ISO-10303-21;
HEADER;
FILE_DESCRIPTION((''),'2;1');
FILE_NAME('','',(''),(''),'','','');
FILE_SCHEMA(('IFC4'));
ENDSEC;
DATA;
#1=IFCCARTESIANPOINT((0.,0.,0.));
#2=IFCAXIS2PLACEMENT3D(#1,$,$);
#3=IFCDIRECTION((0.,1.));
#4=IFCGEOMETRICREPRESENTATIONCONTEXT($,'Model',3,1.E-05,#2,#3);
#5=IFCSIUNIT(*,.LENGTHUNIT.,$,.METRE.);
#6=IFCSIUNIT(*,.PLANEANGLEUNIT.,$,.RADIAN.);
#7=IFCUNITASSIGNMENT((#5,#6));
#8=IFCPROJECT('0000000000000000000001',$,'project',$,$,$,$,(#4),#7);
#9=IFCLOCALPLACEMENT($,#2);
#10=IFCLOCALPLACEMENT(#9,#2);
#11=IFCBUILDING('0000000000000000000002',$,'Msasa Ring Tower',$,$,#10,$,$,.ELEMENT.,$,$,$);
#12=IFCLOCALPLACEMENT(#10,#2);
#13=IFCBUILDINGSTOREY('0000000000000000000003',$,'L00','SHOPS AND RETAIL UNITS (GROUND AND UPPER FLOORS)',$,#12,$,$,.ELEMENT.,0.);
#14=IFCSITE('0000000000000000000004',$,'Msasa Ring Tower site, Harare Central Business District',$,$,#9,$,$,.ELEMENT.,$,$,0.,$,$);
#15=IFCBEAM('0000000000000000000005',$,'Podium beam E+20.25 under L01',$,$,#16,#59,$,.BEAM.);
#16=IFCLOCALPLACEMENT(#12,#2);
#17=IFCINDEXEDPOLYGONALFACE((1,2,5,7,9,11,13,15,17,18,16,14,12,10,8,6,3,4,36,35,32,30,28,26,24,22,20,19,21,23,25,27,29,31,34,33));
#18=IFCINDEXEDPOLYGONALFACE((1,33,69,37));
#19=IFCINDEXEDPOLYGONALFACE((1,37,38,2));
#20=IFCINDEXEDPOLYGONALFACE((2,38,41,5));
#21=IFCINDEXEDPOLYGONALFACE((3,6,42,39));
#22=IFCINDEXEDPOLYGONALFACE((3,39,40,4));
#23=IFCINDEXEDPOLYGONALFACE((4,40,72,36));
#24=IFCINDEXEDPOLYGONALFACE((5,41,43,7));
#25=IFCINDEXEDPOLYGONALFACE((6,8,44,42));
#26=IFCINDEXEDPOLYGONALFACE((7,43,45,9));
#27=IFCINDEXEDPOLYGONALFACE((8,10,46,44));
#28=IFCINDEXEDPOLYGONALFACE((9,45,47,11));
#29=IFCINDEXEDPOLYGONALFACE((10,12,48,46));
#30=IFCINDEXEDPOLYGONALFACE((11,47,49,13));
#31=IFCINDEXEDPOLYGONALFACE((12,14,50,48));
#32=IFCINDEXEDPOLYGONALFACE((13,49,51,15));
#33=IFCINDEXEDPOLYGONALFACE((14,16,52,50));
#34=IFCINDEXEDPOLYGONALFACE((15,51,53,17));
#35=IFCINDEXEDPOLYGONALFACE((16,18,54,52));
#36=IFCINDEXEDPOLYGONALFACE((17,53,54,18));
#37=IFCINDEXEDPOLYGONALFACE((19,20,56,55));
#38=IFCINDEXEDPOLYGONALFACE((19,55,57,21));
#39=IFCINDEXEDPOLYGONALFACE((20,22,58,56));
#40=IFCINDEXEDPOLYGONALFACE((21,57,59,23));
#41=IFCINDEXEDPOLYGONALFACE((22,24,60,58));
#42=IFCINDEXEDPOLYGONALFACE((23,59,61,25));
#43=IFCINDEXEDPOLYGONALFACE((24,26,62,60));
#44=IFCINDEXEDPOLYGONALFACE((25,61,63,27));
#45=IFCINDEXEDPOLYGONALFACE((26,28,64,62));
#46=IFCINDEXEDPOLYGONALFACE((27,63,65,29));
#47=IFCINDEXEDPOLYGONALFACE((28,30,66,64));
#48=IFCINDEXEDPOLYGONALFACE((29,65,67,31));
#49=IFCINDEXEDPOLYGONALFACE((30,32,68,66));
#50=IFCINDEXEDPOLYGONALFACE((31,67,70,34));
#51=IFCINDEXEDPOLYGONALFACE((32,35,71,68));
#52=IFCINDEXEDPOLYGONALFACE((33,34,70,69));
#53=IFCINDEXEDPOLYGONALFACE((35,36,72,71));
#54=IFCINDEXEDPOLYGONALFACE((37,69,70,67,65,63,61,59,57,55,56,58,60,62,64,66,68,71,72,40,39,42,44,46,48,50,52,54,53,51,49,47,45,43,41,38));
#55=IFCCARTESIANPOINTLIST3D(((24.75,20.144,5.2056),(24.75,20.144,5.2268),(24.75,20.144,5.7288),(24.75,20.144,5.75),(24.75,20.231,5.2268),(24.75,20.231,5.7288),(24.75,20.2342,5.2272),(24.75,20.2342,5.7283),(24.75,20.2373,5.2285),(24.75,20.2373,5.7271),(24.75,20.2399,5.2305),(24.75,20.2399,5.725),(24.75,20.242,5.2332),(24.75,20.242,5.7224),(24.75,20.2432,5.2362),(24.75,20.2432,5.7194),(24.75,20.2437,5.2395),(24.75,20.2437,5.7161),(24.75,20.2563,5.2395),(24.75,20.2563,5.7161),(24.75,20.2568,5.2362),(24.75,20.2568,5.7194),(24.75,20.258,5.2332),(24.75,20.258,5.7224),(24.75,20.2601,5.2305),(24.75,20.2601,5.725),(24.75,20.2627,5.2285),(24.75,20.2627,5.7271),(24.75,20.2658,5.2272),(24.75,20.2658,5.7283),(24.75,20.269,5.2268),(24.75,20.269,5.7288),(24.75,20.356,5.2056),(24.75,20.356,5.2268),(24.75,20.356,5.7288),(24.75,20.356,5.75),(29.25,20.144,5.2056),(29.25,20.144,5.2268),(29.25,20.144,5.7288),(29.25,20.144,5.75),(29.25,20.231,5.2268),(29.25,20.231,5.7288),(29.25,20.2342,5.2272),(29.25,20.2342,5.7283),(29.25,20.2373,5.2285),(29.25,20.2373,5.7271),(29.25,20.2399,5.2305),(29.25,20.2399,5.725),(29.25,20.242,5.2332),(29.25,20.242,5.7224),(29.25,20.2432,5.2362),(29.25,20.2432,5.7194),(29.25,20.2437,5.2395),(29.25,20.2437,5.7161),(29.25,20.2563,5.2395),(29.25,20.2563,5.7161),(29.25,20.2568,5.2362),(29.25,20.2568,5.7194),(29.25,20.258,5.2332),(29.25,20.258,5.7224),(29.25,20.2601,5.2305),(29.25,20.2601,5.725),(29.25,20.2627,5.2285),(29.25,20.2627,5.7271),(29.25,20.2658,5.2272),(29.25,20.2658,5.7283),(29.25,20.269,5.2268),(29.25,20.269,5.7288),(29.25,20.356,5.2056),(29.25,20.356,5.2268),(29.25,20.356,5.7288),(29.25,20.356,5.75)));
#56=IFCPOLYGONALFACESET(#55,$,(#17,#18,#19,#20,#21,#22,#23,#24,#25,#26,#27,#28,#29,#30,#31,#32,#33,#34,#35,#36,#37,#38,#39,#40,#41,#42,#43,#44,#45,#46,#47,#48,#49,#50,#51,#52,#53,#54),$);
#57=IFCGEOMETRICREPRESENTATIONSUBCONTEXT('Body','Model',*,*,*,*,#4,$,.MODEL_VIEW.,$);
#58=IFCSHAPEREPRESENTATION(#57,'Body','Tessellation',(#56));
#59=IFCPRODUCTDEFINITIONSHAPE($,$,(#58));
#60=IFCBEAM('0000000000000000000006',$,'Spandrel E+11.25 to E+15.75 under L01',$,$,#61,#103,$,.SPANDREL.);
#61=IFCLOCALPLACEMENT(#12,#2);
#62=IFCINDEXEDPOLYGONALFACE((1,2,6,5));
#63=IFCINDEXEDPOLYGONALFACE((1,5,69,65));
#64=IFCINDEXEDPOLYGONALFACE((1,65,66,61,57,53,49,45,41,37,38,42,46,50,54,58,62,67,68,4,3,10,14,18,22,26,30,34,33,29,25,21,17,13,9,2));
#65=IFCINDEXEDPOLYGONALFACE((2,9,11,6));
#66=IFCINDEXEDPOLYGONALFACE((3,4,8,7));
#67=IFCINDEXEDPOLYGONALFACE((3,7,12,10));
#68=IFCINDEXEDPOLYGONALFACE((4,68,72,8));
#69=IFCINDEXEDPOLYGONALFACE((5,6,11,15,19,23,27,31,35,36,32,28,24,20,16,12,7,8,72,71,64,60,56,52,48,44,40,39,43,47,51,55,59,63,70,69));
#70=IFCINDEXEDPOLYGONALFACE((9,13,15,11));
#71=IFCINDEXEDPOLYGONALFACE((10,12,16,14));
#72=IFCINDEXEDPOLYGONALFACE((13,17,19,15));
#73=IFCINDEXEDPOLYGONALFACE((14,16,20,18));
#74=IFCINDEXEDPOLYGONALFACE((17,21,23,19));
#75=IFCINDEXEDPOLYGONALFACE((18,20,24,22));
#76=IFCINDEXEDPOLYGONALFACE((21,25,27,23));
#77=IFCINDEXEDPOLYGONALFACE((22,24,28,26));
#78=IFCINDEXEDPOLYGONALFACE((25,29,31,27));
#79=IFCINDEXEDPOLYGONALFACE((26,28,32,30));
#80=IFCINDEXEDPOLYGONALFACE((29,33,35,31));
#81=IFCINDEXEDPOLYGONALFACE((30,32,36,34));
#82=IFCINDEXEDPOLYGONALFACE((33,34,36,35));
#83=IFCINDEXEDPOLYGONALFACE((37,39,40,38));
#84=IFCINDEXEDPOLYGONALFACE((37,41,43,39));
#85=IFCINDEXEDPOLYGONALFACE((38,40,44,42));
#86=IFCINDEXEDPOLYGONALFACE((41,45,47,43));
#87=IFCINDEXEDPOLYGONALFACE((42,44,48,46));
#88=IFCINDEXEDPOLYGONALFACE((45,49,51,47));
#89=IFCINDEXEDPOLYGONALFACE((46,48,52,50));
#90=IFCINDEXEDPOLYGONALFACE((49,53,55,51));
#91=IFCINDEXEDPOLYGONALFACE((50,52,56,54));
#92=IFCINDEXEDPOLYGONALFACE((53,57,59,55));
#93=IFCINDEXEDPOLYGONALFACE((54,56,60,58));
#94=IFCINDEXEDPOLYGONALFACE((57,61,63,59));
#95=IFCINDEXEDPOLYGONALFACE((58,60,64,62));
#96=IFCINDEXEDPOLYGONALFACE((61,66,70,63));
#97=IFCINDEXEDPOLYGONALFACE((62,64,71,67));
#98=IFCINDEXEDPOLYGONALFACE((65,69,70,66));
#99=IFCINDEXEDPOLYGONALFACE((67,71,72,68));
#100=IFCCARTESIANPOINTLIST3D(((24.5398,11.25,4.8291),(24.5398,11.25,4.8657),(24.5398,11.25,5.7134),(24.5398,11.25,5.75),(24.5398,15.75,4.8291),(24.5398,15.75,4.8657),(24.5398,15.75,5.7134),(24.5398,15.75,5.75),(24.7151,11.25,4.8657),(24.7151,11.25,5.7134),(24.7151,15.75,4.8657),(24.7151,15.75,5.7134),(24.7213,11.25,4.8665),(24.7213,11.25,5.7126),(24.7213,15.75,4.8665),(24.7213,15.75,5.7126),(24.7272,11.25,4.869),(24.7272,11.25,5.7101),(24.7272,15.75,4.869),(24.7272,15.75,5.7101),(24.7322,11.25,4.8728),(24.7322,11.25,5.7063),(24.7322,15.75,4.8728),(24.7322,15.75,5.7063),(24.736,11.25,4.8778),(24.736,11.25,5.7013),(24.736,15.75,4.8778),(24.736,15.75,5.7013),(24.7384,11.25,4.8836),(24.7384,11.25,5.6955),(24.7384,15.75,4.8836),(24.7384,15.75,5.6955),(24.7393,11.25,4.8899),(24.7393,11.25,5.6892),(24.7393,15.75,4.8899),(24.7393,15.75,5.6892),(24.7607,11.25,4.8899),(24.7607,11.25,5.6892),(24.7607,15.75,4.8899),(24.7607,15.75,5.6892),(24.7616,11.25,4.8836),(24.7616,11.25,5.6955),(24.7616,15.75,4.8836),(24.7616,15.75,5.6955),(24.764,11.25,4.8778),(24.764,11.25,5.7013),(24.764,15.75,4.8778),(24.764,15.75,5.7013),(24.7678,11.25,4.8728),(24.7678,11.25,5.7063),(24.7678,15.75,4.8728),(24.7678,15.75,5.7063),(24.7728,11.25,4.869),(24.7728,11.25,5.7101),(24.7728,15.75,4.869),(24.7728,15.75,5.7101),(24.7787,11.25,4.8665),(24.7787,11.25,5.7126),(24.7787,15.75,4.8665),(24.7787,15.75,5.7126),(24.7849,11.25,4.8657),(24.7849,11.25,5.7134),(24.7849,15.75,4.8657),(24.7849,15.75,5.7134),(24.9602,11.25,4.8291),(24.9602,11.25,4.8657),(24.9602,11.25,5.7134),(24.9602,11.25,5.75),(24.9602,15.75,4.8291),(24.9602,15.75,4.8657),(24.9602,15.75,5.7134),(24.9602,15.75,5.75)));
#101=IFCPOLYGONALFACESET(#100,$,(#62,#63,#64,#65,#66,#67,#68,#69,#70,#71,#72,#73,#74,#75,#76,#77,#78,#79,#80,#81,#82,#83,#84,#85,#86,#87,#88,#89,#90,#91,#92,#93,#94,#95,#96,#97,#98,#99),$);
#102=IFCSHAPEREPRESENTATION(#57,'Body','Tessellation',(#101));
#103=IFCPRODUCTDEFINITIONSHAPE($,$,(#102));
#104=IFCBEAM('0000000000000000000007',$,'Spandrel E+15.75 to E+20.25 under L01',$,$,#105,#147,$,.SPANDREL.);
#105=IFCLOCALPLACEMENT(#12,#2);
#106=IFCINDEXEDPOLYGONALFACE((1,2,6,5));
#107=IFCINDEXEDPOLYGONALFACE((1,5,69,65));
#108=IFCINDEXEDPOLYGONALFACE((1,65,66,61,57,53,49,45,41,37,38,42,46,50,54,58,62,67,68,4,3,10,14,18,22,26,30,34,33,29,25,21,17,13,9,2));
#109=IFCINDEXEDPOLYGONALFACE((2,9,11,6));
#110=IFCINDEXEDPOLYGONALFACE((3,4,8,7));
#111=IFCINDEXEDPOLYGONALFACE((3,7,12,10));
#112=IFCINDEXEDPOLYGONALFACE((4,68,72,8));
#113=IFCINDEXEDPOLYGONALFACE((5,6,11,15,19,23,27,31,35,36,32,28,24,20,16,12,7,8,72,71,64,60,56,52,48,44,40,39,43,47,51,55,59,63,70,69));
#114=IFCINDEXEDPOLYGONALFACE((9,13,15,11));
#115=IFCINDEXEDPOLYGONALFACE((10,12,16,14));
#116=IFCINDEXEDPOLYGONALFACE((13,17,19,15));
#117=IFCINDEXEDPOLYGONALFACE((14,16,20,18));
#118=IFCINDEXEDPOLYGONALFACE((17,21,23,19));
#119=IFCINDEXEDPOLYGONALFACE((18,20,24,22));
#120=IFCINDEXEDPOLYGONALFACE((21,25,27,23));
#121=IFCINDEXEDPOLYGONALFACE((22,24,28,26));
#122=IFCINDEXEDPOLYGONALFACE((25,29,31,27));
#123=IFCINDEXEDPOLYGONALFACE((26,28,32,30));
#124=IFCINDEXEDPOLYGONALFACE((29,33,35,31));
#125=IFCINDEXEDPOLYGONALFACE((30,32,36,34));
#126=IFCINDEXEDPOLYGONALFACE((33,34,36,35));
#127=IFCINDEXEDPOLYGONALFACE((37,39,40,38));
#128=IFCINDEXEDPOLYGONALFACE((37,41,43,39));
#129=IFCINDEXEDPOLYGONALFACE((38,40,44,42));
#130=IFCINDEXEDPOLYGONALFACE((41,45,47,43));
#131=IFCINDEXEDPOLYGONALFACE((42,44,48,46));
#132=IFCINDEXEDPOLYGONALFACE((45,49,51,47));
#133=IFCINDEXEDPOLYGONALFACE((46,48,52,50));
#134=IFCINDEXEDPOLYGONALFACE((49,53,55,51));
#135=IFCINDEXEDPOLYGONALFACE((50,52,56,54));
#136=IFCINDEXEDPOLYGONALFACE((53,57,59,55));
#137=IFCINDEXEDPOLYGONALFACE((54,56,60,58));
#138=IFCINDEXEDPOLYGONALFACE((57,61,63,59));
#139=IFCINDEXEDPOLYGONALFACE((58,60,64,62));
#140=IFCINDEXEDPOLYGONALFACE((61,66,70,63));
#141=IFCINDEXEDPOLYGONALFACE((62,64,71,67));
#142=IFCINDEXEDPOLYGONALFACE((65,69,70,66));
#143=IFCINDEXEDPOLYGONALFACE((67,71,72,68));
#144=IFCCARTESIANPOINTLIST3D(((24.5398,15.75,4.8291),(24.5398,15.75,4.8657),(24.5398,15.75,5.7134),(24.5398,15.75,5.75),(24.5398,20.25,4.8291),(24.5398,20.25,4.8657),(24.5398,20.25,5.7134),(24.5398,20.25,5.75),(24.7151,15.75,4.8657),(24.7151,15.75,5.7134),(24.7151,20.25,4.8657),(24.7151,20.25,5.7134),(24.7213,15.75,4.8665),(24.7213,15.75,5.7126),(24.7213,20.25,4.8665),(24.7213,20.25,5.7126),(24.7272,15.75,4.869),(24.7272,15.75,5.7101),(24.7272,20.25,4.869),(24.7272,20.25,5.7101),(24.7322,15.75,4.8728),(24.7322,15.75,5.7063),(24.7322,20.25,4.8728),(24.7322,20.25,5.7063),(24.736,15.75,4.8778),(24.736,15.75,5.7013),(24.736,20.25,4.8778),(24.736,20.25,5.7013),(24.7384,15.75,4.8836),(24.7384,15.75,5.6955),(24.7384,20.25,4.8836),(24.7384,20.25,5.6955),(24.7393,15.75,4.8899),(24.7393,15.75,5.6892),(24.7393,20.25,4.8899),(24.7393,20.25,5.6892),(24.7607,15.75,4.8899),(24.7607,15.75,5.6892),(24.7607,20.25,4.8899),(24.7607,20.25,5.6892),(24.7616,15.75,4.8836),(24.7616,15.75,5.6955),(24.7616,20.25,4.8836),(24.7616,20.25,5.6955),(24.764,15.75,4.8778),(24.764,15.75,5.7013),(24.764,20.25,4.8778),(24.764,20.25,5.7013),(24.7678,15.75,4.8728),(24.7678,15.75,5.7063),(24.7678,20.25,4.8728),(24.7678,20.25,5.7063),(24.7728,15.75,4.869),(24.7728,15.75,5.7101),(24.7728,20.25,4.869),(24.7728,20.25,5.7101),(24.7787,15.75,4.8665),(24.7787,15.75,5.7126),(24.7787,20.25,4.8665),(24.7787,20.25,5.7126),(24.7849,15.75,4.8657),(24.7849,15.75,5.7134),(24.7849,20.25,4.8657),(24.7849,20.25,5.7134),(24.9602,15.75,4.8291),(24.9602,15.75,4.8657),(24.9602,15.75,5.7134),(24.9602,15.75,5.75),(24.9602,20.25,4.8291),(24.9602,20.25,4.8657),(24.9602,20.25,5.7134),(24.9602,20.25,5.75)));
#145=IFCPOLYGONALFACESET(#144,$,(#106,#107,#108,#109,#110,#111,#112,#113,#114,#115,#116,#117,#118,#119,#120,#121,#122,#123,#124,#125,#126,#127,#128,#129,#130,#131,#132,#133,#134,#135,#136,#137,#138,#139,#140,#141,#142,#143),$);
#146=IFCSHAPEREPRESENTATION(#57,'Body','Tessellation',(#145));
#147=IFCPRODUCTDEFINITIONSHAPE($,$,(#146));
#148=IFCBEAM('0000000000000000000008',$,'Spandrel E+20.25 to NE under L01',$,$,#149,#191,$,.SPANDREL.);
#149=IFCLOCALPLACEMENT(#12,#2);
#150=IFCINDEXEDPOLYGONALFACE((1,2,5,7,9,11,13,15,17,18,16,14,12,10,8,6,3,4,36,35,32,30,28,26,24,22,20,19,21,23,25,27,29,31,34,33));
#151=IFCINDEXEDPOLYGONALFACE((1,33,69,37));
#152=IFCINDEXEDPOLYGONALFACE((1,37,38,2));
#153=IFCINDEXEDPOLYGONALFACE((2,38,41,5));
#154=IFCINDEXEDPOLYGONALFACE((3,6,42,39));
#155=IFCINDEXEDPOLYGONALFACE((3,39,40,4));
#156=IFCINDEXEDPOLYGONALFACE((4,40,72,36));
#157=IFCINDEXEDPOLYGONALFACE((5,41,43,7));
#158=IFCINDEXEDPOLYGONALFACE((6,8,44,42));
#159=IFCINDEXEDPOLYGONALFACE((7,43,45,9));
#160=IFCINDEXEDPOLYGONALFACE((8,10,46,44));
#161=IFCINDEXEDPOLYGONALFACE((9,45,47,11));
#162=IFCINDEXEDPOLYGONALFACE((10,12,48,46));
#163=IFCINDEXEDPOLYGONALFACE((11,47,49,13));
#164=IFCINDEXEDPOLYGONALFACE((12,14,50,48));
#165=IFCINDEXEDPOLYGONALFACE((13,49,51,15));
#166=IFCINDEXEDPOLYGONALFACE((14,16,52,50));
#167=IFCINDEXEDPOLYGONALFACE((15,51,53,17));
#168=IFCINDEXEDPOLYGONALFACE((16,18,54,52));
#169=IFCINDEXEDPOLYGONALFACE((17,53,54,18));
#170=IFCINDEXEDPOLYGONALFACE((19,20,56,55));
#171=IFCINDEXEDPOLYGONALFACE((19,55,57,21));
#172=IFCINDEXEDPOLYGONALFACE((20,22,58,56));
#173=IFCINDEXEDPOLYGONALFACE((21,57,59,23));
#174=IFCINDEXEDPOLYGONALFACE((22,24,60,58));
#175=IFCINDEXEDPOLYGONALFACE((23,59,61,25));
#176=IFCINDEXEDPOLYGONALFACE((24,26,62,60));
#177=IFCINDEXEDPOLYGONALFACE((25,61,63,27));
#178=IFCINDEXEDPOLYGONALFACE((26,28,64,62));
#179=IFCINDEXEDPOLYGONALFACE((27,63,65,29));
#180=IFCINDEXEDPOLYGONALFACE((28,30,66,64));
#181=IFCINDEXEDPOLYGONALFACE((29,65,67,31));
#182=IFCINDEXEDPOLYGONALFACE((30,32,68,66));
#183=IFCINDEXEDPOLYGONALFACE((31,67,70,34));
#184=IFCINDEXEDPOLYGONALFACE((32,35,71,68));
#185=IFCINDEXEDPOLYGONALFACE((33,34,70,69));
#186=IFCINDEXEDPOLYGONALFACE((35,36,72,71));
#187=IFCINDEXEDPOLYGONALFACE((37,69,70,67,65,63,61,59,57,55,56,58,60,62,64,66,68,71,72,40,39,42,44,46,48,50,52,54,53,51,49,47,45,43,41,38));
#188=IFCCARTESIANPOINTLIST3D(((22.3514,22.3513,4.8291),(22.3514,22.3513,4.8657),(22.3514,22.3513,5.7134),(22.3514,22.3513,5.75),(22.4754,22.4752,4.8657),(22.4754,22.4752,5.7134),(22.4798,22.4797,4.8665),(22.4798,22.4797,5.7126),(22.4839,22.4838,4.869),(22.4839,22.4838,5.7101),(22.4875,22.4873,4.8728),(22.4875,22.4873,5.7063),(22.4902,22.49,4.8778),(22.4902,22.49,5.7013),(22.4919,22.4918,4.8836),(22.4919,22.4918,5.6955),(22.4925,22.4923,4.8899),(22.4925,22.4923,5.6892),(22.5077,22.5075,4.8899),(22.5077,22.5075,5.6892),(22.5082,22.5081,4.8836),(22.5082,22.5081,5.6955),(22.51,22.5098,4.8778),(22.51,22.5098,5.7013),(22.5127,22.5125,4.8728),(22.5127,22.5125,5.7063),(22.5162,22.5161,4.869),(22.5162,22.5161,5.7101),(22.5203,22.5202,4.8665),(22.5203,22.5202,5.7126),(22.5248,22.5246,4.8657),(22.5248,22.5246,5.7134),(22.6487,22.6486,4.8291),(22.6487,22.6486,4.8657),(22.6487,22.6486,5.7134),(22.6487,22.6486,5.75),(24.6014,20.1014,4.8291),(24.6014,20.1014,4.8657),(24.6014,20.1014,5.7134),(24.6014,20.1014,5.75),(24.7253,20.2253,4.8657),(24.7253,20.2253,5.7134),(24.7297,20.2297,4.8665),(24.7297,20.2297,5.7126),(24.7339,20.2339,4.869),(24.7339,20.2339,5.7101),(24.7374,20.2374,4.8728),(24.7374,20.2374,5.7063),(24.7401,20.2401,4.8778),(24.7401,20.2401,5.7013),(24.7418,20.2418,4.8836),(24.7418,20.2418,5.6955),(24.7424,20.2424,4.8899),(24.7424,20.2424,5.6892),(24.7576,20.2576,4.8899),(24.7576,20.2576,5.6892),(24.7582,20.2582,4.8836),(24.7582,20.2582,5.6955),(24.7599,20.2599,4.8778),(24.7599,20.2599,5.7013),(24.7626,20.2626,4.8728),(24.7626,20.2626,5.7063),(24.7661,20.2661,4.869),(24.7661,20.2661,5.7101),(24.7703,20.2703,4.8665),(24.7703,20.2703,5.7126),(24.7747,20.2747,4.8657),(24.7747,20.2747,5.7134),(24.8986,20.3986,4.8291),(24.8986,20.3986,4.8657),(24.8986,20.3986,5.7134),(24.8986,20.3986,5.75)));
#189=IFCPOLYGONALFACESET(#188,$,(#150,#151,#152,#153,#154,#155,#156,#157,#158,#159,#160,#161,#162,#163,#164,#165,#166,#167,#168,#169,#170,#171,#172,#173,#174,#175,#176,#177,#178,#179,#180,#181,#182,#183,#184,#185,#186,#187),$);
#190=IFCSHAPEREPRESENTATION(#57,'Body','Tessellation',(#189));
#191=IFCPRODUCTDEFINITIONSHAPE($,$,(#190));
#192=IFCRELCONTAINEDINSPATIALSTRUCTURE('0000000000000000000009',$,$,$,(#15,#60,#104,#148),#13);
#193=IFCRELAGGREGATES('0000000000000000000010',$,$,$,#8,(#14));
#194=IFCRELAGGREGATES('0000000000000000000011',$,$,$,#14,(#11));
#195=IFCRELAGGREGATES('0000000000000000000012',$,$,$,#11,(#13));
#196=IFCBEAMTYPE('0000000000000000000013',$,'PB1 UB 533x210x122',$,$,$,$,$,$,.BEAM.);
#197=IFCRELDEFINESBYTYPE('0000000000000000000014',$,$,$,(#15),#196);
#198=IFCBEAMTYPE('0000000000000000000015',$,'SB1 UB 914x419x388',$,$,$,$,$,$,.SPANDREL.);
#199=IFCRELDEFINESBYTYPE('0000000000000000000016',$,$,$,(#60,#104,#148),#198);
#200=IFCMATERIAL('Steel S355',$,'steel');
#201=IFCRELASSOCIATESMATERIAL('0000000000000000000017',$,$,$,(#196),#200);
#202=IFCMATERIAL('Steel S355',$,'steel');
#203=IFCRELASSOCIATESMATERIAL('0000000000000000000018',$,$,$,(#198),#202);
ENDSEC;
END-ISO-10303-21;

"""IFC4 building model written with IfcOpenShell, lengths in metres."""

from ifc_helpers import new_model, si_unit, direction, frame, origin, origin_2d, place, context, subcontext, project, spatial, i_section, extrude, material, material_profile, profile_set, type_object, element, save


model = new_model("IFC4")

# Units and contexts
model_context = context("Model", 3, precision=1e-05, world=origin(), true_north=direction((0.0, 1.0)))
body_context = subcontext(model_context, "Body", "Model", "MODEL_VIEW")
ifc_project = project(units=[si_unit("LENGTHUNIT", "METRE"), si_unit("PLANEANGLEUNIT", "RADIAN")], contexts=[model_context])

# Site, building, storey
site_placement = place(None, origin())
site = spatial("IfcSite", under=ifc_project, at=site_placement, Name="Msasa Ring Tower site, Harare Central Business District", CompositionType="ELEMENT", RefElevation=0.0)
building_placement = place(site_placement, origin())
building = spatial("IfcBuilding", under=site, at=building_placement, Name="Msasa Ring Tower", CompositionType="ELEMENT")
storey_placement = place(building_placement, origin())
storey = spatial("IfcBuildingStorey", under=building, at=storey_placement, Name="L00", Description="SHOPS AND RETAIL UNITS (GROUND AND UPPER FLOORS)", CompositionType="ELEMENT", Elevation=0.0)

# Beams
ifc_material_1 = material(Name="Steel S355", Category="steel")
ifc_material_profile_1 = material_profile(ifc_material_1, i_section(OverallWidth=0.2119, OverallDepth=0.5444, WebThickness=0.0127, FlangeThickness=0.0212, FilletRadius=0.0127, at=origin_2d()), Name="UB 533x210x122")
ifc_profile_set_1 = profile_set([ifc_material_profile_1], Name="Steel S355")
beam_type_1 = type_object("IfcBeamType", Name="PB1 UB 533x210x122", PredefinedType="BEAM", material=ifc_profile_set_1)
beam_1_placement = place(storey_placement, frame((29.25, 20.25, 5.4778), z_axis=(-1.0, 0.0, 0.0), x_axis=(0.0, -1.0, 0.0)))
element("IfcBeam", 1, at=beam_1_placement, inside=storey, type_object=beam_type_1, Name="Podium beam E+20.25 under L01", PredefinedType="BEAM", context=body_context, shape_type="SweptSolid", body=[
    extrude(i_section(OverallWidth=0.2119, OverallDepth=0.5444, WebThickness=0.0127, FlangeThickness=0.0212, FilletRadius=0.0127, at=origin_2d()), origin(), (0.0, 0.0, 1.0), 4.5),
])
ifc_material_2 = material(Name="Steel S355", Category="steel")
ifc_material_profile_2 = material_profile(ifc_material_2, i_section(OverallWidth=0.4204, OverallDepth=0.9209, WebThickness=0.0215, FlangeThickness=0.0366, FilletRadius=0.0242, at=origin_2d()), Name="UB 914x419x388")
ifc_profile_set_2 = profile_set([ifc_material_profile_2], Name="Steel S355")
beam_type_2 = type_object("IfcBeamType", Name="SB1 UB 914x419x388", PredefinedType="SPANDREL", material=ifc_profile_set_2)
for number, where, z_axis, x_axis, name in (
    (2, (24.75, 11.25, 5.2896), (0.0, 1.0, 0.0), (-1.0, 0.0, 0.0), "Spandrel E+11.25 to E+15.75 under L01"),
    (3, (24.75, 15.75, 5.2896), (0.0, 1.0, 0.0), (-1.0, 0.0, 0.0), "Spandrel E+15.75 to E+20.25 under L01"),
):
    element("IfcBeam", number, at=place(storey_placement, frame(where, z_axis=z_axis, x_axis=x_axis)), inside=storey, type_object=beam_type_2, Name=name, PredefinedType="SPANDREL", context=body_context, shape_type="SweptSolid", body=[
        extrude(i_section(OverallWidth=0.4204, OverallDepth=0.9209, WebThickness=0.0215, FlangeThickness=0.0366, FilletRadius=0.0242, at=origin_2d()), origin(), (0.0, 0.0, 1.0), 4.5),
    ])
beam_2_placement = place(storey_placement, frame((24.75, 20.25, 5.2896), z_axis=(-0.707107, 0.707107, 0.0), x_axis=(-0.707107, -0.707107, 0.0)))
element("IfcBeam", 4, at=beam_2_placement, inside=storey, type_object=beam_type_2, Name="Spandrel E+20.25 to NE under L01", PredefinedType="SPANDREL", context=body_context, shape_type="SweptSolid", body=[
    extrude(i_section(OverallWidth=0.4204, OverallDepth=0.9209, WebThickness=0.0215, FlangeThickness=0.0366, FilletRadius=0.0242, at=origin_2d()), origin(), (0.0, 0.0, 1.0), 3.1819),
])

save(model, "model.ifc")
